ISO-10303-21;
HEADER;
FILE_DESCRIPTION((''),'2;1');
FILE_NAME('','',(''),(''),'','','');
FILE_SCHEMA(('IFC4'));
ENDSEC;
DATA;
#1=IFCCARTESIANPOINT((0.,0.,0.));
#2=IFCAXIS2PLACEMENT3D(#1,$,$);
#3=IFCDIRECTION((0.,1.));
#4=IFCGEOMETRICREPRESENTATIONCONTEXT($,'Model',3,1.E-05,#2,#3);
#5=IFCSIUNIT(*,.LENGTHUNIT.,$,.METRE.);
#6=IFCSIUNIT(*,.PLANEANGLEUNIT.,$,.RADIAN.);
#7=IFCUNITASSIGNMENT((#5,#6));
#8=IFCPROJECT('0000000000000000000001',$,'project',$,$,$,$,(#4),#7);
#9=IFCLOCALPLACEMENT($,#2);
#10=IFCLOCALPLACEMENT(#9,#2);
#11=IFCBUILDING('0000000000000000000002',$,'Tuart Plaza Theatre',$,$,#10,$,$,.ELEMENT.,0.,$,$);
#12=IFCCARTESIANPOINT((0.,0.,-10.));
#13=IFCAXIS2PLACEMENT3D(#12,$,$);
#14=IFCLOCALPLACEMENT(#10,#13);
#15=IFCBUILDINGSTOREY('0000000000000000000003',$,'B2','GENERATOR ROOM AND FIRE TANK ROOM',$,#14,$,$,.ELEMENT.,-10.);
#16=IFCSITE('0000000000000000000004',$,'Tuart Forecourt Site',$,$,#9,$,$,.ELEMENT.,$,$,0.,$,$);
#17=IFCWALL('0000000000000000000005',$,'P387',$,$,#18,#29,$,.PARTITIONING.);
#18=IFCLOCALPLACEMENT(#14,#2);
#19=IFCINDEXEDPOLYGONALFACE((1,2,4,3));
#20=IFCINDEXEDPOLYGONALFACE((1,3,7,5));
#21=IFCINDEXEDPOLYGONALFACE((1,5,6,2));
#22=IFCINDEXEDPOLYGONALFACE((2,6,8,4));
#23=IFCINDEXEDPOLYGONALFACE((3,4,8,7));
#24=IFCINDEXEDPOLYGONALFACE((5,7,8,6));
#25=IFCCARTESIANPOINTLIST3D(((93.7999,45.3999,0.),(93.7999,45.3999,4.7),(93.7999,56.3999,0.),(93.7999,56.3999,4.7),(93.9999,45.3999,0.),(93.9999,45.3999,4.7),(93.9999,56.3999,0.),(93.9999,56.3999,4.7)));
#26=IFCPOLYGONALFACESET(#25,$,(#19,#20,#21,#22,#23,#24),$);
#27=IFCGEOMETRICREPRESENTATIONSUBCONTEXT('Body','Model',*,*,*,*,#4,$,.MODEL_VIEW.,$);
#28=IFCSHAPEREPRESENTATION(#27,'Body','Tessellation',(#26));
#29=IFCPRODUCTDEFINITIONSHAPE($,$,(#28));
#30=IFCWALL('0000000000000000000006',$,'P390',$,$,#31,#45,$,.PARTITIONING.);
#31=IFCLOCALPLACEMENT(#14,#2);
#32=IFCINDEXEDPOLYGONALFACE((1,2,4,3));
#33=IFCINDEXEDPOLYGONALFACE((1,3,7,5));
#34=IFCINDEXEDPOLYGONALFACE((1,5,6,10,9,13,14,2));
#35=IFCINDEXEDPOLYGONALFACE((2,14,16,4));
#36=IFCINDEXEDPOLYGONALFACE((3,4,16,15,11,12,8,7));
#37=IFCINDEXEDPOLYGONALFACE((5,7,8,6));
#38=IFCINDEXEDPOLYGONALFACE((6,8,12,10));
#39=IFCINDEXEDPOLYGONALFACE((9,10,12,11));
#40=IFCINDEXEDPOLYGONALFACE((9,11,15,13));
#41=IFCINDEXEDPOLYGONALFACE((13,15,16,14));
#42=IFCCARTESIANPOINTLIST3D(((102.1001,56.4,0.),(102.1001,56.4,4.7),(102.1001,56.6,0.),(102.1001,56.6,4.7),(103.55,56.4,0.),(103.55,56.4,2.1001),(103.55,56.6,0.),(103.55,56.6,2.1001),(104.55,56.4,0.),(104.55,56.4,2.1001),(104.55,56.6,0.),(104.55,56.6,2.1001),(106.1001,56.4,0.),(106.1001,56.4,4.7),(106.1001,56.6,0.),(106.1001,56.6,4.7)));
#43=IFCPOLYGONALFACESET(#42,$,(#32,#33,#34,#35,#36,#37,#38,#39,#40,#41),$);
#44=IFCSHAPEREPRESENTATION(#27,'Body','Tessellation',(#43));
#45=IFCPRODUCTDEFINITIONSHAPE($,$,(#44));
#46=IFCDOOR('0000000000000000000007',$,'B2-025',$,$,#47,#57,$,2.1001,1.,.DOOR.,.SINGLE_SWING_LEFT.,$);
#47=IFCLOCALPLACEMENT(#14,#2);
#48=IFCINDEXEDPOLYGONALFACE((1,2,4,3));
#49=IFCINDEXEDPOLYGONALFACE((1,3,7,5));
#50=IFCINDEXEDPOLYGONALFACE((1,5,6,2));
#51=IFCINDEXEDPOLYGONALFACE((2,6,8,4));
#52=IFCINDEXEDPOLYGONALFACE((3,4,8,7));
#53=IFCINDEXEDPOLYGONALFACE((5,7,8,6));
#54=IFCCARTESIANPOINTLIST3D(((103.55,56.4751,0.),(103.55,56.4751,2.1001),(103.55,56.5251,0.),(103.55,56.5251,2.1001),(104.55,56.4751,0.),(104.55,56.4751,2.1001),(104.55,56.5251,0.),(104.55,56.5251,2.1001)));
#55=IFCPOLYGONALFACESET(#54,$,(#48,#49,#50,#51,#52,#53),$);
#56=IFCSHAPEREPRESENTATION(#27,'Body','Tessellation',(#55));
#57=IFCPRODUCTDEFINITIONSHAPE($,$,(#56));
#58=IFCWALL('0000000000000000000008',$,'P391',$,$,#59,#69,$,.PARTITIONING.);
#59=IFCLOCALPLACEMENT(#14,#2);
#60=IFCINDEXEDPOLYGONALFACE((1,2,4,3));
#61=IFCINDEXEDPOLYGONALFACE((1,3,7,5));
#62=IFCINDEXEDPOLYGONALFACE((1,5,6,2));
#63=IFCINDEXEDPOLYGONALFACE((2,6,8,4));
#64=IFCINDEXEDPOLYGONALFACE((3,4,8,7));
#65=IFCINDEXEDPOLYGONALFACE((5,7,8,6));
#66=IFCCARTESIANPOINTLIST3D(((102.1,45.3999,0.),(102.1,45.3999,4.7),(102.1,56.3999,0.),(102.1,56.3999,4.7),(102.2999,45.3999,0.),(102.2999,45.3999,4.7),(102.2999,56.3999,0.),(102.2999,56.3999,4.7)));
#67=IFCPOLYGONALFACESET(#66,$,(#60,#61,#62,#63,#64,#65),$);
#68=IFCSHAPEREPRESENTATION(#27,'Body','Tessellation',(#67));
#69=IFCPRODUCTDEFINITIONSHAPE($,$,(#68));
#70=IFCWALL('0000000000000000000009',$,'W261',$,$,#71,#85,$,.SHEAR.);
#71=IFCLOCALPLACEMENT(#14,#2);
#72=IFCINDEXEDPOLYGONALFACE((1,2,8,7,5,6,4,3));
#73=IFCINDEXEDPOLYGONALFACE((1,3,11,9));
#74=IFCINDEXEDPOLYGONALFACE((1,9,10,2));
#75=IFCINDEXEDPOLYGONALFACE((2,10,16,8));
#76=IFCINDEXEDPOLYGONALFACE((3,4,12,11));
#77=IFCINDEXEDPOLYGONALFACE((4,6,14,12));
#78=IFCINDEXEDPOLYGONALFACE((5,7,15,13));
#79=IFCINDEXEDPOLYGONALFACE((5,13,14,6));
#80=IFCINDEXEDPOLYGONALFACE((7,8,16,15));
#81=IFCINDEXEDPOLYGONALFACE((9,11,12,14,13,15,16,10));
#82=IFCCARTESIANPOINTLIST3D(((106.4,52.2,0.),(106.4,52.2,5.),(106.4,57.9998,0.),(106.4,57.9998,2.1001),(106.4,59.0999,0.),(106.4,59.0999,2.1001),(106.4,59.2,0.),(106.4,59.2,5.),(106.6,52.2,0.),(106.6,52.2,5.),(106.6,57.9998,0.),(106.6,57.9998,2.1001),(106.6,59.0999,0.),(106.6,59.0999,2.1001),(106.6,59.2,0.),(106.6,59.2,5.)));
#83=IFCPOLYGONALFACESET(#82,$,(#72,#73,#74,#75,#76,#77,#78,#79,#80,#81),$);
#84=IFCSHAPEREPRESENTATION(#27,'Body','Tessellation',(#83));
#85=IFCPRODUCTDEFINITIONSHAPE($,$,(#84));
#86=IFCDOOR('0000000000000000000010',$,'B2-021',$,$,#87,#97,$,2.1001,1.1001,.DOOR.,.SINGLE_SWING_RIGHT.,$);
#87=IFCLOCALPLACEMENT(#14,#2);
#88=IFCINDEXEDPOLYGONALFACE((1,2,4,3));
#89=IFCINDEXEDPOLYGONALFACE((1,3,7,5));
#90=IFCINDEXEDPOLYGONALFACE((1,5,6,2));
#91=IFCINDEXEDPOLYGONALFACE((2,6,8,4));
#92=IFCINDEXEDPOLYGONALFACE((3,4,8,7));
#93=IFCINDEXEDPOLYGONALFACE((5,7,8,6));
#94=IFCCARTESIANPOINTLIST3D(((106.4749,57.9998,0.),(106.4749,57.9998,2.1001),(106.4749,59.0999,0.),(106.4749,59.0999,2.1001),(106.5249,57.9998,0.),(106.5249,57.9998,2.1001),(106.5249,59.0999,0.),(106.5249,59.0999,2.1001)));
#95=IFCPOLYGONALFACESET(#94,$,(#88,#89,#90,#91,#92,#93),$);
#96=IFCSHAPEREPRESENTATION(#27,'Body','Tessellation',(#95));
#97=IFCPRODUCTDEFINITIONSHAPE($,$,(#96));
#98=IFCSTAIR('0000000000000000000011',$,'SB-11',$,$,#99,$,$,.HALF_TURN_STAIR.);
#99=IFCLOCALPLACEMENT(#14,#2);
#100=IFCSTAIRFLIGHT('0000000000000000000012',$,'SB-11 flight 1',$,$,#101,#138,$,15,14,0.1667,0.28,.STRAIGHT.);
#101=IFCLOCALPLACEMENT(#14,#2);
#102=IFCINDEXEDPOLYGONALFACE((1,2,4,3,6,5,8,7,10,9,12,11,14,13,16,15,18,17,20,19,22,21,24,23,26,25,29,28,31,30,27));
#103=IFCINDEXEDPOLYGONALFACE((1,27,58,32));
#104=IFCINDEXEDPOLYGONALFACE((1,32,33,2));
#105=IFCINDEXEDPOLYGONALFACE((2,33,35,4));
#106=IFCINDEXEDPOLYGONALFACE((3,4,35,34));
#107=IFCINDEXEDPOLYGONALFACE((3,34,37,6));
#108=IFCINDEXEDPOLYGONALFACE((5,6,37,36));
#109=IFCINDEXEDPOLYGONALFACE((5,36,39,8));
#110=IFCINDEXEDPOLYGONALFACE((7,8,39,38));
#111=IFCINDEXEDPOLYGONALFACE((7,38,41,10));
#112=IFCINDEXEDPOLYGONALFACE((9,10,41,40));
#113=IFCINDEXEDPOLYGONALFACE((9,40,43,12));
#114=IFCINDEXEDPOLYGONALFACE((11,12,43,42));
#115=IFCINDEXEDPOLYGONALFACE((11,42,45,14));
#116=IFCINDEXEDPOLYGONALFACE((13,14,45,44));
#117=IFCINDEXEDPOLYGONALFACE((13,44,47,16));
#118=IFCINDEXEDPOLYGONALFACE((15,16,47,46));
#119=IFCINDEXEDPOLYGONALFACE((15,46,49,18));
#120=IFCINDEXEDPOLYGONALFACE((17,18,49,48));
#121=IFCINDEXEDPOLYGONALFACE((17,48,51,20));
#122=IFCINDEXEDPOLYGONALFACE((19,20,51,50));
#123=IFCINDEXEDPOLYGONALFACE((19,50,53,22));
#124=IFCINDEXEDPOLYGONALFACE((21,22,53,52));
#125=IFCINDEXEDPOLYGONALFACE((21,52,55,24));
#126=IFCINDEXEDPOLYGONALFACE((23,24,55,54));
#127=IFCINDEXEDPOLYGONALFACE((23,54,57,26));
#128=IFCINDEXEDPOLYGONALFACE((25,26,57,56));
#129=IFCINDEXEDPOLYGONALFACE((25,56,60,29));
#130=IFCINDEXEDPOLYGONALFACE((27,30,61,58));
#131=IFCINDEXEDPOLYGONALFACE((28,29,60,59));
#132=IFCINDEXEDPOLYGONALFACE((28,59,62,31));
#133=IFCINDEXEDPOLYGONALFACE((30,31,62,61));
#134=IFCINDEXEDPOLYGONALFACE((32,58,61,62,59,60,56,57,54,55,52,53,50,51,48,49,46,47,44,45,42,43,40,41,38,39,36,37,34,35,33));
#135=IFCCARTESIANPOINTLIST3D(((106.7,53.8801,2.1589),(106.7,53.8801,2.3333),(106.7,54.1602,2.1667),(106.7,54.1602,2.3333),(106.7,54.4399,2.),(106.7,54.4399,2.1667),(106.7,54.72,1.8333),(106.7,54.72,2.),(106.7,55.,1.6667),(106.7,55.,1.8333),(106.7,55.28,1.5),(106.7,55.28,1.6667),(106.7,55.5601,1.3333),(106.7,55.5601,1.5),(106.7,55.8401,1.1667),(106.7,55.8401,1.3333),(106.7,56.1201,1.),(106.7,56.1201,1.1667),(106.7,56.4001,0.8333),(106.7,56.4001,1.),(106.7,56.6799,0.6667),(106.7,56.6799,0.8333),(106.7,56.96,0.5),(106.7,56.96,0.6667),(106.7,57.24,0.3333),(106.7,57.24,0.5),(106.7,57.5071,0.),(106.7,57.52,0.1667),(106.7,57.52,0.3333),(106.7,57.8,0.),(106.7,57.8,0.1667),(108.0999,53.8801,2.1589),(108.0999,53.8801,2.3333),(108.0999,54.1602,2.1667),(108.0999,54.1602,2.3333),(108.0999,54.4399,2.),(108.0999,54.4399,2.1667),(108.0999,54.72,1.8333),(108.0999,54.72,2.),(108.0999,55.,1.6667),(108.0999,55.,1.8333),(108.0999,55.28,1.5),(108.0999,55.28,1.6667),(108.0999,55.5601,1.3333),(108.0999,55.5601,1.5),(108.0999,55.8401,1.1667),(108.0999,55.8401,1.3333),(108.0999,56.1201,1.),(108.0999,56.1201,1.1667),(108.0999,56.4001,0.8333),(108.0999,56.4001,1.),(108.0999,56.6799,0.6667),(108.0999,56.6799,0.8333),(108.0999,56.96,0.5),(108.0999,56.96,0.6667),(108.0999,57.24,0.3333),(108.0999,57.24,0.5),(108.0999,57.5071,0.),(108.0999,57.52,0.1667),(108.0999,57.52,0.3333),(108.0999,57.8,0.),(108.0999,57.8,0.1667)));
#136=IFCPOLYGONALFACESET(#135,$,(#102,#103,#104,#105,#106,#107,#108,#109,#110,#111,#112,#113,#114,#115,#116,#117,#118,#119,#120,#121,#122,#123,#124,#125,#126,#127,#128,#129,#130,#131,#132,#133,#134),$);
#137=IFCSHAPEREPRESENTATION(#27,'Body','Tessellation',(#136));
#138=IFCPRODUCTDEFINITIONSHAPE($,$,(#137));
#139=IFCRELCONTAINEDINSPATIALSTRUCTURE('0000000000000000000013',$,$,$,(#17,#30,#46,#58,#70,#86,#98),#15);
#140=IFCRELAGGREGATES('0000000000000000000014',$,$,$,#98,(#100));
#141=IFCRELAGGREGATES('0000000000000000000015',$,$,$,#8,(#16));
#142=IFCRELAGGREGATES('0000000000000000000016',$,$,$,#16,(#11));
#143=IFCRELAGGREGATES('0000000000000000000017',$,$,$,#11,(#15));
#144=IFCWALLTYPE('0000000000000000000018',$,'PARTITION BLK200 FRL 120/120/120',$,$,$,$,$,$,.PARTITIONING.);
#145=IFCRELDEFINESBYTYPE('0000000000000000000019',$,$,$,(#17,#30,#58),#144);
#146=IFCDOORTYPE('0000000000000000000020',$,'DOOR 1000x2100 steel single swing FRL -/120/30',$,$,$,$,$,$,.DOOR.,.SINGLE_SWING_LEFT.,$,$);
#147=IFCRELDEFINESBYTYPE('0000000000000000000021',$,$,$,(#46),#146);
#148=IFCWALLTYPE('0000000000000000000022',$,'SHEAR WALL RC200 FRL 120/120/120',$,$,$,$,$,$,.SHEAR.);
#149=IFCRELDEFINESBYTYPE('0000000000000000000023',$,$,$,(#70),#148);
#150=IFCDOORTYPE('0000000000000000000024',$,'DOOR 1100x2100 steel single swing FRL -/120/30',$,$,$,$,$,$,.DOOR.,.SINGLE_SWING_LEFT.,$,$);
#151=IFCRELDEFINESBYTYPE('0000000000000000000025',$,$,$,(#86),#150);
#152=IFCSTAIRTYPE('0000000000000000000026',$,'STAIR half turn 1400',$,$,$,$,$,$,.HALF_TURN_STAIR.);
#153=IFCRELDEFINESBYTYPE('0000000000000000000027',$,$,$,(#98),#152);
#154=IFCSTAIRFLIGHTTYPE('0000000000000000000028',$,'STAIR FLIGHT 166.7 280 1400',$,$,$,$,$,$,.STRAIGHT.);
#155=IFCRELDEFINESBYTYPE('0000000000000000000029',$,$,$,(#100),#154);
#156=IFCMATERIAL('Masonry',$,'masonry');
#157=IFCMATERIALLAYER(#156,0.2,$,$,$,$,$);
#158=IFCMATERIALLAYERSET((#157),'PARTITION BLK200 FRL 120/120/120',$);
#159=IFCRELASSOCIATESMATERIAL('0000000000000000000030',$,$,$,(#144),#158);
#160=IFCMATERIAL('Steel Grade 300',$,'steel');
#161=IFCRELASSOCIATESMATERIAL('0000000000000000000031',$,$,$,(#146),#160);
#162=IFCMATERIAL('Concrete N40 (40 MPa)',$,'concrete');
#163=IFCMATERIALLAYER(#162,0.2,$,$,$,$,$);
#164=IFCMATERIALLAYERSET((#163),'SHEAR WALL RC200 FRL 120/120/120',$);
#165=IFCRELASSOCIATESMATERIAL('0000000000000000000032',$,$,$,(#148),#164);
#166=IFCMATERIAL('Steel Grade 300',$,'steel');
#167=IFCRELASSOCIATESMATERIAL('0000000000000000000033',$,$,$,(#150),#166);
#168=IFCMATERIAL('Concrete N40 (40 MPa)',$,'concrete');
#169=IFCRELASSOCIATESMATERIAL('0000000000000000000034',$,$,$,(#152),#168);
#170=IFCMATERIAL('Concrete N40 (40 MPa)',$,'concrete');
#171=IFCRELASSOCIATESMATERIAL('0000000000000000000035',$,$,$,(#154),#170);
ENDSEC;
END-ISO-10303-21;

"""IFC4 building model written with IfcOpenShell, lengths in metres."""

from ifc_helpers import new_model, si_unit, direction, frame, frame_2d, origin, place, context, subcontext, project, spatial, polyline, rectangle, outline, extrude, material, layer, layer_set, type_object, element, fill, aggregate, save


model = new_model("IFC4")

# Units and contexts
model_context = context("Model", 3, precision=1e-05, world=origin(), true_north=direction((0.0, 1.0)))
body_context = subcontext(model_context, "Body", "Model", "MODEL_VIEW")
ifc_project = project(units=[si_unit("LENGTHUNIT", "METRE"), si_unit("PLANEANGLEUNIT", "RADIAN")], contexts=[model_context])

# Site, building, storey
site_placement = place(None, origin())
site = spatial("IfcSite", under=ifc_project, at=site_placement, Name="Tuart Forecourt Site", CompositionType="ELEMENT", RefElevation=0.0)
building_placement = place(site_placement, origin())
building = spatial("IfcBuilding", under=site, at=building_placement, Name="Tuart Plaza Theatre", CompositionType="ELEMENT", ElevationOfRefHeight=0.0)
storey_placement = place(building_placement, frame((0.0, 0.0, -10.0)))
storey = spatial("IfcBuildingStorey", under=building, at=storey_placement, Name="B2", Description="GENERATOR ROOM AND FIRE TANK ROOM", CompositionType="ELEMENT", Elevation=-10.0)

# Shared definitions
ifc_material_1 = material(Name="Masonry", Category="masonry")
ifc_layer_1 = layer(ifc_material_1, 0.2)
ifc_layer_set_1 = layer_set([ifc_layer_1], Name="PARTITION BLK200 FRL 120/120/120")
wall_type_1 = type_object("IfcWallType", Name="PARTITION BLK200 FRL 120/120/120", PredefinedType="PARTITIONING", material=ifc_layer_set_1)
ifc_material_2 = material(Name="Steel Grade 300", Category="steel")
door_type_1 = type_object("IfcDoorType", Name="DOOR 1000x2100 steel single swing FRL -/120/30", OperationType="SINGLE_SWING_LEFT", PredefinedType="DOOR", material=ifc_material_2)

# Wall
wall_1_placement = place(storey_placement, frame((93.8999, 56.3999, 0.0), z_axis=(0.0, 0.0, 1.0), x_axis=(0.0, -1.0, 0.0)))
element("IfcWall", 1, at=wall_1_placement, inside=storey, type_object=wall_type_1, Name="P387", PredefinedType="PARTITIONING", context=body_context, shape_type="SweptSolid", body=[
    extrude(rectangle(XDim=11.0, YDim=0.2, at=frame_2d((5.5, 0.0))), origin(), (0.0, 0.0, 1.0), 4.7),
])

# Wall, opening, door
wall_2_placement = place(storey_placement, frame((106.1001, 56.5, 0.0), z_axis=(0.0, 0.0, 1.0), x_axis=(-1.0, 0.0, 0.0)))
wall_2 = element("IfcWall", 2, at=wall_2_placement, inside=storey, type_object=wall_type_1, Name="P390", PredefinedType="PARTITIONING", context=body_context, shape_type="SweptSolid", body=[
    extrude(rectangle(XDim=4.0, YDim=0.2, at=frame_2d((2.0, 0.0))), origin(), (0.0, 0.0, 1.0), 4.7),
])
opening_1_placement = place(wall_2_placement, frame((1.55, 0.0, 0.0)))
opening_1 = element("IfcOpeningElement", 3, at=opening_1_placement, cuts=wall_2, PredefinedType="OPENING", context=body_context, shape_type="SweptSolid", body=[
    extrude(rectangle(XDim=1.0, YDim=2.1001, at=frame_2d((0.5, 1.05))), frame((0.0, 0.1099, 0.0), z_axis=(0.0, -1.0, 0.0), x_axis=(1.0, 0.0, 0.0)), (0.0, 0.0, 1.0), 0.22),
])
door_1_placement = place(opening_1_placement, origin())
door_1 = element("IfcDoor", 4, at=door_1_placement, inside=storey, type_object=door_type_1, Name="B2-025", OperationType="SINGLE_SWING_LEFT", OverallHeight=2.1001, OverallWidth=1.0, PredefinedType="DOOR", context=body_context, shape_type="SweptSolid", body=[
    extrude(rectangle(XDim=1.0, YDim=2.1001, at=frame_2d((0.5, 1.05))), frame((0.0, 0.0249, 0.0), z_axis=(0.0, -1.0, 0.0), x_axis=(1.0, 0.0, 0.0)), (0.0, 0.0, 1.0), 0.05),
])
fill(opening_1, door_1)

# Wall
wall_3_placement = place(storey_placement, frame((102.2, 56.3999, 0.0), z_axis=(0.0, 0.0, 1.0), x_axis=(0.0, -1.0, 0.0)))
element("IfcWall", 5, at=wall_3_placement, inside=storey, type_object=wall_type_1, Name="P391", PredefinedType="PARTITIONING", context=body_context, shape_type="SweptSolid", body=[
    extrude(rectangle(XDim=11.0, YDim=0.2, at=frame_2d((5.5, 0.0))), origin(), (0.0, 0.0, 1.0), 4.7),
])

# Wall, opening, door
ifc_material_3 = material(Name="Concrete N40 (40 MPa)", Category="concrete")
ifc_layer_2 = layer(ifc_material_3, 0.2)
ifc_layer_set_2 = layer_set([ifc_layer_2], Name="SHEAR WALL RC200 FRL 120/120/120")
wall_type_2 = type_object("IfcWallType", Name="SHEAR WALL RC200 FRL 120/120/120", PredefinedType="SHEAR", material=ifc_layer_set_2)
wall_4_placement = place(storey_placement, frame((106.5, 59.2, 0.0), z_axis=(0.0, 0.0, 1.0), x_axis=(0.0, -1.0, 0.0)))
wall_4 = element("IfcWall", 6, at=wall_4_placement, inside=storey, type_object=wall_type_2, Name="W261", PredefinedType="SHEAR", context=body_context, shape_type="SweptSolid", body=[
    extrude(rectangle(XDim=7.0, YDim=0.2, at=frame_2d((3.5, 0.0))), origin(), (0.0, 0.0, 1.0), 5.0),
])
opening_2_placement = place(wall_4_placement, frame((0.1001, 0.0, 0.0)))
opening_2 = element("IfcOpeningElement", 7, at=opening_2_placement, cuts=wall_4, PredefinedType="OPENING", context=body_context, shape_type="SweptSolid", body=[
    extrude(rectangle(XDim=1.1001, YDim=2.1001, at=frame_2d((0.55, 1.05))), frame((0.0, 0.1099, 0.0), z_axis=(0.0, -1.0, 0.0), x_axis=(1.0, 0.0, 0.0)), (0.0, 0.0, 1.0), 0.22),
])
ifc_material_4 = material(Name="Steel Grade 300", Category="steel")
door_type_2 = type_object("IfcDoorType", Name="DOOR 1100x2100 steel single swing FRL -/120/30", OperationType="SINGLE_SWING_LEFT", PredefinedType="DOOR", material=ifc_material_4)
door_2_placement = place(opening_2_placement, origin())
door_2 = element("IfcDoor", 8, at=door_2_placement, inside=storey, type_object=door_type_2, Name="B2-021", OperationType="SINGLE_SWING_RIGHT", OverallHeight=2.1001, OverallWidth=1.1001, PredefinedType="DOOR", context=body_context, shape_type="SweptSolid", body=[
    extrude(rectangle(XDim=1.1001, YDim=2.1001, at=frame_2d((0.55, 1.05))), frame((0.0, 0.0249, 0.0), z_axis=(0.0, -1.0, 0.0), x_axis=(1.0, 0.0, 0.0)), (0.0, 0.0, 1.0), 0.05),
])
fill(opening_2, door_2)

# Stair, stair flight
ifc_material_5 = material(Name="Concrete N40 (40 MPa)", Category="concrete")
stair_type = type_object("IfcStairType", Name="STAIR half turn 1400", PredefinedType="HALF_TURN_STAIR", material=ifc_material_5)
stair_placement = place(storey_placement, origin())
stair = element("IfcStair", 9, at=stair_placement, inside=storey, type_object=stair_type, Name="SB-11", PredefinedType="HALF_TURN_STAIR")
ifc_material_6 = material(Name="Concrete N40 (40 MPa)", Category="concrete")
stair_flight_type = type_object("IfcStairFlightType", Name="STAIR FLIGHT 166.7 280 1400", PredefinedType="STRAIGHT", material=ifc_material_6)
stair_flight_placement = place(storey_placement, frame((107.3999, 57.8, 0.0), z_axis=(0.0, 0.0, 1.0), x_axis=(0.0, -1.0, 0.0)))
stair_flight = element("IfcStairFlight", 10, at=stair_flight_placement, type_object=stair_flight_type, Name="SB-11 flight 1", NumberOfRisers=15, NumberOfTreads=14, PredefinedType="STRAIGHT", RiserHeight=0.1667, TreadLength=0.28, context=body_context, shape_type="SweptSolid", body=[
    extrude(outline(polyline([(0.0, 0.0), (0.0, 0.1667), (0.28, 0.1667), (0.28, 0.3333), (0.5601, 0.3333), (0.5601, 0.5), (0.8401, 0.5), (0.8401, 0.6667), (1.1201, 0.6667), (1.1201, 0.8333), (1.3999, 0.8333), (1.3999, 1.0), (1.6799, 1.0), (1.6799, 1.1667), (1.96, 1.1667), (1.96, 1.3333), (2.24, 1.3333), (2.24, 1.5), (2.52, 1.5), (2.52, 1.6667), (2.8, 1.6667), (2.8, 1.8333), (3.0801, 1.8333), (3.0801, 2.0), (3.3601, 2.0), (3.3601, 2.1667), (3.6399, 2.1667), (3.6399, 2.3333), (3.9199, 2.3333), (3.9199, 2.5), (3.9199, 2.1589), (0.293, 0.0), (0.0, 0.0)])), frame((0.0, 0.7, 0.0), z_axis=(0.0, -1.0, 0.0), x_axis=(1.0, 0.0, 0.0)), (0.0, 0.0, 1.0), 1.3999),
])
aggregate(stair, [stair_flight])

save(model, "model.ifc")
